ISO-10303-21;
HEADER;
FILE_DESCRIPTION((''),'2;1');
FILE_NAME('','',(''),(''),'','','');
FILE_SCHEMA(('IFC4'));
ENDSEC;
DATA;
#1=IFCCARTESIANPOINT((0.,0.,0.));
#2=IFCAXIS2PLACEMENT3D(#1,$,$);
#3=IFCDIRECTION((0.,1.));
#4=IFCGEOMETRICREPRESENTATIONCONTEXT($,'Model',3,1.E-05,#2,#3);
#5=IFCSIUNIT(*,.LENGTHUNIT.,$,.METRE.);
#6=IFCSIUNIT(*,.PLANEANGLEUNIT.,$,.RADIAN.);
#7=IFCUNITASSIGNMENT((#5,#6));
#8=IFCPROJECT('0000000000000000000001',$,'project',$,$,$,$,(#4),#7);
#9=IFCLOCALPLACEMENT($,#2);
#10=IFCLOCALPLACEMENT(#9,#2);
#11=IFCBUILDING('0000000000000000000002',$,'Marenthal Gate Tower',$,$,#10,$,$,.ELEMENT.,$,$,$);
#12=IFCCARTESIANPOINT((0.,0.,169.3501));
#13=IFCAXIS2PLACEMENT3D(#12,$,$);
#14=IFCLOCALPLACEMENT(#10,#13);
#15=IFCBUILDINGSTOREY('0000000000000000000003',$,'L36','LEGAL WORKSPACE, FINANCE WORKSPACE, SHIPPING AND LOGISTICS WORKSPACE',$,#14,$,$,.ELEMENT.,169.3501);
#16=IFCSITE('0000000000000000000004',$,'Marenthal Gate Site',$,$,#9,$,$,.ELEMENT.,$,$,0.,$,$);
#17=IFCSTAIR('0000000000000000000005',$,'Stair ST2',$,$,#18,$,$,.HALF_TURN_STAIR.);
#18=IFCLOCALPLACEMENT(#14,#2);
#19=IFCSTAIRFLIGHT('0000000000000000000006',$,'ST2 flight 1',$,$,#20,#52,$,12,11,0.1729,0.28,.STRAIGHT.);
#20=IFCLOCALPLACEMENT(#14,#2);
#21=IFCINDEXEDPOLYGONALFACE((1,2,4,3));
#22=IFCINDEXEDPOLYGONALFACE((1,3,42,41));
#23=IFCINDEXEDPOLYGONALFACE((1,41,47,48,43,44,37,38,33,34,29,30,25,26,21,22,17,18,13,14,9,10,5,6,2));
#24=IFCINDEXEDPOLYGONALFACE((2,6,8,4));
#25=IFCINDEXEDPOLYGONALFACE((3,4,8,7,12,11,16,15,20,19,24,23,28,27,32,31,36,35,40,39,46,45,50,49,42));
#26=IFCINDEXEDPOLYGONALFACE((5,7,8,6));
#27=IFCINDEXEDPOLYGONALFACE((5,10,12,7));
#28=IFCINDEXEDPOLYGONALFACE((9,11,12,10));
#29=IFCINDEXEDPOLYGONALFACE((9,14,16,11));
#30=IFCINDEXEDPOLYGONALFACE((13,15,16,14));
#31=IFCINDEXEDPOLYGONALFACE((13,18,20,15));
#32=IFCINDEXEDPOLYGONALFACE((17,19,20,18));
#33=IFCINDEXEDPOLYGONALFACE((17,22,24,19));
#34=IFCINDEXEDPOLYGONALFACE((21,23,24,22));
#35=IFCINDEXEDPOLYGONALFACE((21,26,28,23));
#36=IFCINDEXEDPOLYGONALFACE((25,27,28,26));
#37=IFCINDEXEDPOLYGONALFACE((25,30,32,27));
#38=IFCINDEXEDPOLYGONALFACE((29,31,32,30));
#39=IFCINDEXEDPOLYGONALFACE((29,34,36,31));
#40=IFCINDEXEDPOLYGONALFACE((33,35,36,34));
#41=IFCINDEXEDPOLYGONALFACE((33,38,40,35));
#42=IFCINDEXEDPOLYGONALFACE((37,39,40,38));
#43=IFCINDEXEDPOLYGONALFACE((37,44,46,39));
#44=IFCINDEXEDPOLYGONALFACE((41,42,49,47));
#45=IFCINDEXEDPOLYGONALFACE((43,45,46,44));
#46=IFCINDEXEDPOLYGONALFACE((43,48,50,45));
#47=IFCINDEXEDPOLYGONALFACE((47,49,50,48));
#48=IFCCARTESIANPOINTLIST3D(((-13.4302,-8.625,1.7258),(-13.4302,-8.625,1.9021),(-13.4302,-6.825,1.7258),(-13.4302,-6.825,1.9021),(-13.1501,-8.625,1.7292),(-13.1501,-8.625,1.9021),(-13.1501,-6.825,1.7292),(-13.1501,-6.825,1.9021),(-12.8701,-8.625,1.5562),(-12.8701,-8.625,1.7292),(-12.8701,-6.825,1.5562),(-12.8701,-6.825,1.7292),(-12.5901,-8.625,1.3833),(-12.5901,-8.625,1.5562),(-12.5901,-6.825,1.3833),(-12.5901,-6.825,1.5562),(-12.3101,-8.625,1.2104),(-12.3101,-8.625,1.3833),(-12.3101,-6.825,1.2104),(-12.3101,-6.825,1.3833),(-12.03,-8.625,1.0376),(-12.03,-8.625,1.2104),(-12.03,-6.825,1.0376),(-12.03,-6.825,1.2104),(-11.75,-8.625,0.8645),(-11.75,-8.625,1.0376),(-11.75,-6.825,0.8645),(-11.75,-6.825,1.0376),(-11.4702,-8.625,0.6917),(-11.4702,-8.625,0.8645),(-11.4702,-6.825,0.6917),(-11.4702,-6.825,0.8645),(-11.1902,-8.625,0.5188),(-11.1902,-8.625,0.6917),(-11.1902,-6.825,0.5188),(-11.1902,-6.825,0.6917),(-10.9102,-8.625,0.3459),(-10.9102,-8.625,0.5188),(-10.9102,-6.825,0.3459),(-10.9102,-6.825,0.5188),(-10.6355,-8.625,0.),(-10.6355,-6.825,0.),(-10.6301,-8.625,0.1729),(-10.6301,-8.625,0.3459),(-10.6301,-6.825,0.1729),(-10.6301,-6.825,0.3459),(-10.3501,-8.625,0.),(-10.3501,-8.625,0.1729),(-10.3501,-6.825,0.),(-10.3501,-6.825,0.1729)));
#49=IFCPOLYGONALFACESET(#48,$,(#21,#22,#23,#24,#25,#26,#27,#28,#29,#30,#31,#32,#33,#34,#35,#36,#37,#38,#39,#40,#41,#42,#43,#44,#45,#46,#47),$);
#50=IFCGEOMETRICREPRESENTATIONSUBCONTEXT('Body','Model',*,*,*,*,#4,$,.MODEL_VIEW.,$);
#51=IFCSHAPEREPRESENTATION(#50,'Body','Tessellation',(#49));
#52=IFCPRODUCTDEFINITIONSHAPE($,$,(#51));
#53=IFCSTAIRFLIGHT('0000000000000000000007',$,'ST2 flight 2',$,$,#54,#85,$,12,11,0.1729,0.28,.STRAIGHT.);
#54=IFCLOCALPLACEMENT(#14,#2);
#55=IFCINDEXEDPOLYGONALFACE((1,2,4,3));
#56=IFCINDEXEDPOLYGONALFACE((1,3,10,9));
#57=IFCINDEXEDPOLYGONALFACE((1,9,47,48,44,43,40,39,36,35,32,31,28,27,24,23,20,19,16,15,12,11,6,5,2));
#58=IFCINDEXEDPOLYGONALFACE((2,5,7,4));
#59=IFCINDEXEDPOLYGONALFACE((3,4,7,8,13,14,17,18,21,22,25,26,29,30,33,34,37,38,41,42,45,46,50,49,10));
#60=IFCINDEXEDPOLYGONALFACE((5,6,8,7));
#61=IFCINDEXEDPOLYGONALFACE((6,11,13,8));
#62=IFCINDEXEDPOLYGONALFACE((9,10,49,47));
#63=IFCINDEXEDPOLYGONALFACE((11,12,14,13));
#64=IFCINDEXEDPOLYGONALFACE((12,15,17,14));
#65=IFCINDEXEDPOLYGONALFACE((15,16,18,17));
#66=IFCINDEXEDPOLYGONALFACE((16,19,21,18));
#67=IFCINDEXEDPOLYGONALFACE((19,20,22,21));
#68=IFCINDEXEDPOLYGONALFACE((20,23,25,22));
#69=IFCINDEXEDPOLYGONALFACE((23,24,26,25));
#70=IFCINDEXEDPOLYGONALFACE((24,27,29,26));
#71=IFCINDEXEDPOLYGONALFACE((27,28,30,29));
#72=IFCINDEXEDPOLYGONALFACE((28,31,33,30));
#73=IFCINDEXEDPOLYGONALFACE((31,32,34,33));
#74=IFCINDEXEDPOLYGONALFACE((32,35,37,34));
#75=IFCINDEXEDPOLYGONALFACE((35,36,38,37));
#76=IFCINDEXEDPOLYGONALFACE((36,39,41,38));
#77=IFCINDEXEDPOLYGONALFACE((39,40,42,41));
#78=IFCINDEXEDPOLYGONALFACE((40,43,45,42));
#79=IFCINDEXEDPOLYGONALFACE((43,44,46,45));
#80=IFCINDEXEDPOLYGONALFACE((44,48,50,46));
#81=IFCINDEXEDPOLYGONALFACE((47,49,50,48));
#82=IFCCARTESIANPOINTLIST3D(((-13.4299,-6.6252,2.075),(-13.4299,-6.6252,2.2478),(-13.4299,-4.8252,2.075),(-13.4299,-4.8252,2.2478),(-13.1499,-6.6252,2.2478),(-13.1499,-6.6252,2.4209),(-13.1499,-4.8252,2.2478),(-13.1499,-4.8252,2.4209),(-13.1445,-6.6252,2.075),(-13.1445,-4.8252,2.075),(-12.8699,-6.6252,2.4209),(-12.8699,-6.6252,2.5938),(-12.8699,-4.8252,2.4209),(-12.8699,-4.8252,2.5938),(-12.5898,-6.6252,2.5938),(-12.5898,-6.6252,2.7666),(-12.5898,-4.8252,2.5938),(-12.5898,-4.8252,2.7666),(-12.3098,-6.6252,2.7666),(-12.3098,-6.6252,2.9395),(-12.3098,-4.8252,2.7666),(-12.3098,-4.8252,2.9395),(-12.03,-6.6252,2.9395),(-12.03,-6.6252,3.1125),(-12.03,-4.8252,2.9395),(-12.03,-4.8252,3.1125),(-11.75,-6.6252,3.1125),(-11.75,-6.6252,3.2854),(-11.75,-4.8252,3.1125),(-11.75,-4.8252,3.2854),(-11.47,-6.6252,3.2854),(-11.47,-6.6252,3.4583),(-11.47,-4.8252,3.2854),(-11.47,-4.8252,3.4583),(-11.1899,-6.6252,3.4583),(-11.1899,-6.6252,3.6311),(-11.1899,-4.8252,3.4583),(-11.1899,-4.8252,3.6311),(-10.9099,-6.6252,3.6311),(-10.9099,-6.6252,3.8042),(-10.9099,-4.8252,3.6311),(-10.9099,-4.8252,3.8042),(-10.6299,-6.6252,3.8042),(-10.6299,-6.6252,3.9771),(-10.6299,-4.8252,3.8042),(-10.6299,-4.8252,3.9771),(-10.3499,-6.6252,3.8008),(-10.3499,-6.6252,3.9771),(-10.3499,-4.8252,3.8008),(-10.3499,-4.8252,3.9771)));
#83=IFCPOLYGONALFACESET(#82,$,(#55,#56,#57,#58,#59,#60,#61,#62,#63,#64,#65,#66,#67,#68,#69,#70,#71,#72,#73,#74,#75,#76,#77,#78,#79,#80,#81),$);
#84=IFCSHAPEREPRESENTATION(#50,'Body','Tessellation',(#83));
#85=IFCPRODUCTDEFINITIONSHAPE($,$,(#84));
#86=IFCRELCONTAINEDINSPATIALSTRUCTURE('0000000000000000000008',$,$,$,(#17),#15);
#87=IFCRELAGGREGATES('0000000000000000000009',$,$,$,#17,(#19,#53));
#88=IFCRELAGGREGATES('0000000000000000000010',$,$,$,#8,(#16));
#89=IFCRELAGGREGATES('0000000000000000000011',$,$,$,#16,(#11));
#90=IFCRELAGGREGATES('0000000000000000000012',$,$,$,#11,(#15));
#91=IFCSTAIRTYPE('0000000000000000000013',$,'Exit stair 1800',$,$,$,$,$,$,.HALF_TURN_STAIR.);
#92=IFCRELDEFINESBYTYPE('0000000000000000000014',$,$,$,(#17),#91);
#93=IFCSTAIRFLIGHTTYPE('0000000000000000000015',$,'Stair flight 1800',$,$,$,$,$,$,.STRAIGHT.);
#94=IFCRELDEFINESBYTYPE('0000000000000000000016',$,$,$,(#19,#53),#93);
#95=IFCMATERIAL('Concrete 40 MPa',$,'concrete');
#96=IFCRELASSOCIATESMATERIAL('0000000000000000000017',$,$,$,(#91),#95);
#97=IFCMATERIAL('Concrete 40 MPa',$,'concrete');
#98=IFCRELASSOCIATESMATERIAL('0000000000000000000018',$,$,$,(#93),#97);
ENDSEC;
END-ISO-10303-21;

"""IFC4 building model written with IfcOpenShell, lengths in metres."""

from ifc_helpers import new_model, si_unit, direction, frame, origin, place, context, subcontext, project, spatial, polyline, outline, extrude, material, type_object, element, aggregate, save


model = new_model("IFC4")

# Units and contexts
model_context = context("Model", 3, precision=1e-05, world=origin(), true_north=direction((0.0, 1.0)))
body_context = subcontext(model_context, "Body", "Model", "MODEL_VIEW")
ifc_project = project(units=[si_unit("LENGTHUNIT", "METRE"), si_unit("PLANEANGLEUNIT", "RADIAN")], contexts=[model_context])

# Site, building, storey
site_placement = place(None, origin())
site = spatial("IfcSite", under=ifc_project, at=site_placement, Name="Marenthal Gate Site", CompositionType="ELEMENT", RefElevation=0.0)
building_placement = place(site_placement, origin())
building = spatial("IfcBuilding", under=site, at=building_placement, Name="Marenthal Gate Tower", CompositionType="ELEMENT")
storey_placement = place(building_placement, frame((0.0, 0.0, 169.3501)))
storey = spatial("IfcBuildingStorey", under=building, at=storey_placement, Name="L36", Description="LEGAL WORKSPACE, FINANCE WORKSPACE, SHIPPING AND LOGISTICS WORKSPACE", CompositionType="ELEMENT", Elevation=169.3501)

# Stair, stair flights
ifc_material_1 = material(Name="Concrete 40 MPa", Category="concrete")
stair_type = type_object("IfcStairType", Name="Exit stair 1800", PredefinedType="HALF_TURN_STAIR", material=ifc_material_1)
stair_placement = place(storey_placement, origin())
stair = element("IfcStair", 1, at=stair_placement, inside=storey, type_object=stair_type, Name="Stair ST2", PredefinedType="HALF_TURN_STAIR")
ifc_material_2 = material(Name="Concrete 40 MPa", Category="concrete")
stair_flight_type = type_object("IfcStairFlightType", Name="Stair flight 1800", PredefinedType="STRAIGHT", material=ifc_material_2)
stair_flight_1_placement = place(storey_placement, frame((-10.3501, -7.7251, 0.0), z_axis=(0.0, 0.0, 1.0), x_axis=(-1.0, 0.0, 0.0)))
stair_flight_1 = element("IfcStairFlight", 2, at=stair_flight_1_placement, type_object=stair_flight_type, Name="ST2 flight 1", NumberOfRisers=12, NumberOfTreads=11, PredefinedType="STRAIGHT", RiserHeight=0.1729, TreadLength=0.28, context=body_context, shape_type="SweptSolid", body=[
    extrude(outline(polyline([(0.0, 0.0), (0.0, 0.1729), (0.28, 0.1729), (0.28, 0.3459), (0.5601, 0.3459), (0.5601, 0.5188), (0.8401, 0.5188), (0.8401, 0.6917), (1.1201, 0.6917), (1.1201, 0.8645), (1.3999, 0.8645), (1.3999, 1.0376), (1.6799, 1.0376), (1.6799, 1.2104), (1.96, 1.2104), (1.96, 1.3833), (2.24, 1.3833), (2.24, 1.5562), (2.52, 1.5562), (2.52, 1.7292), (2.8, 1.7292), (2.8, 1.9021), (3.0801, 1.9021), (3.0801, 2.075), (3.0801, 1.7258), (0.2854, 0.0), (0.0, 0.0)])), frame((0.0, 0.8999, 0.0), z_axis=(0.0, -1.0, 0.0), x_axis=(1.0, 0.0, 0.0)), (0.0, 0.0, 1.0), 1.8),
])
stair_flight_2_placement = place(storey_placement, frame((-13.4299, -5.7251, 2.075), z_axis=(0.0, 0.0, 1.0), x_axis=(1.0, 0.0, 0.0)))
stair_flight_2 = element("IfcStairFlight", 3, at=stair_flight_2_placement, type_object=stair_flight_type, Name="ST2 flight 2", NumberOfRisers=12, NumberOfTreads=11, PredefinedType="STRAIGHT", RiserHeight=0.1729, TreadLength=0.28, context=body_context, shape_type="SweptSolid", body=[
    extrude(outline(polyline([(0.0, 0.0), (0.0, 0.1729), (0.28, 0.1729), (0.28, 0.3459), (0.5601, 0.3459), (0.5601, 0.5188), (0.8401, 0.5188), (0.8401, 0.6917), (1.1201, 0.6917), (1.1201, 0.8645), (1.3999, 0.8645), (1.3999, 1.0376), (1.6799, 1.0376), (1.6799, 1.2104), (1.96, 1.2104), (1.96, 1.3833), (2.24, 1.3833), (2.24, 1.5562), (2.52, 1.5562), (2.52, 1.7292), (2.8, 1.7292), (2.8, 1.9021), (3.0801, 1.9021), (3.0801, 2.075), (3.0801, 1.7258), (0.2854, 0.0), (0.0, 0.0)])), frame((0.0, 0.8999, 0.0), z_axis=(0.0, -1.0, 0.0), x_axis=(1.0, 0.0, 0.0)), (0.0, 0.0, 1.0), 1.8),
])
aggregate(stair, [stair_flight_1, stair_flight_2])

save(model, "model.ifc")
